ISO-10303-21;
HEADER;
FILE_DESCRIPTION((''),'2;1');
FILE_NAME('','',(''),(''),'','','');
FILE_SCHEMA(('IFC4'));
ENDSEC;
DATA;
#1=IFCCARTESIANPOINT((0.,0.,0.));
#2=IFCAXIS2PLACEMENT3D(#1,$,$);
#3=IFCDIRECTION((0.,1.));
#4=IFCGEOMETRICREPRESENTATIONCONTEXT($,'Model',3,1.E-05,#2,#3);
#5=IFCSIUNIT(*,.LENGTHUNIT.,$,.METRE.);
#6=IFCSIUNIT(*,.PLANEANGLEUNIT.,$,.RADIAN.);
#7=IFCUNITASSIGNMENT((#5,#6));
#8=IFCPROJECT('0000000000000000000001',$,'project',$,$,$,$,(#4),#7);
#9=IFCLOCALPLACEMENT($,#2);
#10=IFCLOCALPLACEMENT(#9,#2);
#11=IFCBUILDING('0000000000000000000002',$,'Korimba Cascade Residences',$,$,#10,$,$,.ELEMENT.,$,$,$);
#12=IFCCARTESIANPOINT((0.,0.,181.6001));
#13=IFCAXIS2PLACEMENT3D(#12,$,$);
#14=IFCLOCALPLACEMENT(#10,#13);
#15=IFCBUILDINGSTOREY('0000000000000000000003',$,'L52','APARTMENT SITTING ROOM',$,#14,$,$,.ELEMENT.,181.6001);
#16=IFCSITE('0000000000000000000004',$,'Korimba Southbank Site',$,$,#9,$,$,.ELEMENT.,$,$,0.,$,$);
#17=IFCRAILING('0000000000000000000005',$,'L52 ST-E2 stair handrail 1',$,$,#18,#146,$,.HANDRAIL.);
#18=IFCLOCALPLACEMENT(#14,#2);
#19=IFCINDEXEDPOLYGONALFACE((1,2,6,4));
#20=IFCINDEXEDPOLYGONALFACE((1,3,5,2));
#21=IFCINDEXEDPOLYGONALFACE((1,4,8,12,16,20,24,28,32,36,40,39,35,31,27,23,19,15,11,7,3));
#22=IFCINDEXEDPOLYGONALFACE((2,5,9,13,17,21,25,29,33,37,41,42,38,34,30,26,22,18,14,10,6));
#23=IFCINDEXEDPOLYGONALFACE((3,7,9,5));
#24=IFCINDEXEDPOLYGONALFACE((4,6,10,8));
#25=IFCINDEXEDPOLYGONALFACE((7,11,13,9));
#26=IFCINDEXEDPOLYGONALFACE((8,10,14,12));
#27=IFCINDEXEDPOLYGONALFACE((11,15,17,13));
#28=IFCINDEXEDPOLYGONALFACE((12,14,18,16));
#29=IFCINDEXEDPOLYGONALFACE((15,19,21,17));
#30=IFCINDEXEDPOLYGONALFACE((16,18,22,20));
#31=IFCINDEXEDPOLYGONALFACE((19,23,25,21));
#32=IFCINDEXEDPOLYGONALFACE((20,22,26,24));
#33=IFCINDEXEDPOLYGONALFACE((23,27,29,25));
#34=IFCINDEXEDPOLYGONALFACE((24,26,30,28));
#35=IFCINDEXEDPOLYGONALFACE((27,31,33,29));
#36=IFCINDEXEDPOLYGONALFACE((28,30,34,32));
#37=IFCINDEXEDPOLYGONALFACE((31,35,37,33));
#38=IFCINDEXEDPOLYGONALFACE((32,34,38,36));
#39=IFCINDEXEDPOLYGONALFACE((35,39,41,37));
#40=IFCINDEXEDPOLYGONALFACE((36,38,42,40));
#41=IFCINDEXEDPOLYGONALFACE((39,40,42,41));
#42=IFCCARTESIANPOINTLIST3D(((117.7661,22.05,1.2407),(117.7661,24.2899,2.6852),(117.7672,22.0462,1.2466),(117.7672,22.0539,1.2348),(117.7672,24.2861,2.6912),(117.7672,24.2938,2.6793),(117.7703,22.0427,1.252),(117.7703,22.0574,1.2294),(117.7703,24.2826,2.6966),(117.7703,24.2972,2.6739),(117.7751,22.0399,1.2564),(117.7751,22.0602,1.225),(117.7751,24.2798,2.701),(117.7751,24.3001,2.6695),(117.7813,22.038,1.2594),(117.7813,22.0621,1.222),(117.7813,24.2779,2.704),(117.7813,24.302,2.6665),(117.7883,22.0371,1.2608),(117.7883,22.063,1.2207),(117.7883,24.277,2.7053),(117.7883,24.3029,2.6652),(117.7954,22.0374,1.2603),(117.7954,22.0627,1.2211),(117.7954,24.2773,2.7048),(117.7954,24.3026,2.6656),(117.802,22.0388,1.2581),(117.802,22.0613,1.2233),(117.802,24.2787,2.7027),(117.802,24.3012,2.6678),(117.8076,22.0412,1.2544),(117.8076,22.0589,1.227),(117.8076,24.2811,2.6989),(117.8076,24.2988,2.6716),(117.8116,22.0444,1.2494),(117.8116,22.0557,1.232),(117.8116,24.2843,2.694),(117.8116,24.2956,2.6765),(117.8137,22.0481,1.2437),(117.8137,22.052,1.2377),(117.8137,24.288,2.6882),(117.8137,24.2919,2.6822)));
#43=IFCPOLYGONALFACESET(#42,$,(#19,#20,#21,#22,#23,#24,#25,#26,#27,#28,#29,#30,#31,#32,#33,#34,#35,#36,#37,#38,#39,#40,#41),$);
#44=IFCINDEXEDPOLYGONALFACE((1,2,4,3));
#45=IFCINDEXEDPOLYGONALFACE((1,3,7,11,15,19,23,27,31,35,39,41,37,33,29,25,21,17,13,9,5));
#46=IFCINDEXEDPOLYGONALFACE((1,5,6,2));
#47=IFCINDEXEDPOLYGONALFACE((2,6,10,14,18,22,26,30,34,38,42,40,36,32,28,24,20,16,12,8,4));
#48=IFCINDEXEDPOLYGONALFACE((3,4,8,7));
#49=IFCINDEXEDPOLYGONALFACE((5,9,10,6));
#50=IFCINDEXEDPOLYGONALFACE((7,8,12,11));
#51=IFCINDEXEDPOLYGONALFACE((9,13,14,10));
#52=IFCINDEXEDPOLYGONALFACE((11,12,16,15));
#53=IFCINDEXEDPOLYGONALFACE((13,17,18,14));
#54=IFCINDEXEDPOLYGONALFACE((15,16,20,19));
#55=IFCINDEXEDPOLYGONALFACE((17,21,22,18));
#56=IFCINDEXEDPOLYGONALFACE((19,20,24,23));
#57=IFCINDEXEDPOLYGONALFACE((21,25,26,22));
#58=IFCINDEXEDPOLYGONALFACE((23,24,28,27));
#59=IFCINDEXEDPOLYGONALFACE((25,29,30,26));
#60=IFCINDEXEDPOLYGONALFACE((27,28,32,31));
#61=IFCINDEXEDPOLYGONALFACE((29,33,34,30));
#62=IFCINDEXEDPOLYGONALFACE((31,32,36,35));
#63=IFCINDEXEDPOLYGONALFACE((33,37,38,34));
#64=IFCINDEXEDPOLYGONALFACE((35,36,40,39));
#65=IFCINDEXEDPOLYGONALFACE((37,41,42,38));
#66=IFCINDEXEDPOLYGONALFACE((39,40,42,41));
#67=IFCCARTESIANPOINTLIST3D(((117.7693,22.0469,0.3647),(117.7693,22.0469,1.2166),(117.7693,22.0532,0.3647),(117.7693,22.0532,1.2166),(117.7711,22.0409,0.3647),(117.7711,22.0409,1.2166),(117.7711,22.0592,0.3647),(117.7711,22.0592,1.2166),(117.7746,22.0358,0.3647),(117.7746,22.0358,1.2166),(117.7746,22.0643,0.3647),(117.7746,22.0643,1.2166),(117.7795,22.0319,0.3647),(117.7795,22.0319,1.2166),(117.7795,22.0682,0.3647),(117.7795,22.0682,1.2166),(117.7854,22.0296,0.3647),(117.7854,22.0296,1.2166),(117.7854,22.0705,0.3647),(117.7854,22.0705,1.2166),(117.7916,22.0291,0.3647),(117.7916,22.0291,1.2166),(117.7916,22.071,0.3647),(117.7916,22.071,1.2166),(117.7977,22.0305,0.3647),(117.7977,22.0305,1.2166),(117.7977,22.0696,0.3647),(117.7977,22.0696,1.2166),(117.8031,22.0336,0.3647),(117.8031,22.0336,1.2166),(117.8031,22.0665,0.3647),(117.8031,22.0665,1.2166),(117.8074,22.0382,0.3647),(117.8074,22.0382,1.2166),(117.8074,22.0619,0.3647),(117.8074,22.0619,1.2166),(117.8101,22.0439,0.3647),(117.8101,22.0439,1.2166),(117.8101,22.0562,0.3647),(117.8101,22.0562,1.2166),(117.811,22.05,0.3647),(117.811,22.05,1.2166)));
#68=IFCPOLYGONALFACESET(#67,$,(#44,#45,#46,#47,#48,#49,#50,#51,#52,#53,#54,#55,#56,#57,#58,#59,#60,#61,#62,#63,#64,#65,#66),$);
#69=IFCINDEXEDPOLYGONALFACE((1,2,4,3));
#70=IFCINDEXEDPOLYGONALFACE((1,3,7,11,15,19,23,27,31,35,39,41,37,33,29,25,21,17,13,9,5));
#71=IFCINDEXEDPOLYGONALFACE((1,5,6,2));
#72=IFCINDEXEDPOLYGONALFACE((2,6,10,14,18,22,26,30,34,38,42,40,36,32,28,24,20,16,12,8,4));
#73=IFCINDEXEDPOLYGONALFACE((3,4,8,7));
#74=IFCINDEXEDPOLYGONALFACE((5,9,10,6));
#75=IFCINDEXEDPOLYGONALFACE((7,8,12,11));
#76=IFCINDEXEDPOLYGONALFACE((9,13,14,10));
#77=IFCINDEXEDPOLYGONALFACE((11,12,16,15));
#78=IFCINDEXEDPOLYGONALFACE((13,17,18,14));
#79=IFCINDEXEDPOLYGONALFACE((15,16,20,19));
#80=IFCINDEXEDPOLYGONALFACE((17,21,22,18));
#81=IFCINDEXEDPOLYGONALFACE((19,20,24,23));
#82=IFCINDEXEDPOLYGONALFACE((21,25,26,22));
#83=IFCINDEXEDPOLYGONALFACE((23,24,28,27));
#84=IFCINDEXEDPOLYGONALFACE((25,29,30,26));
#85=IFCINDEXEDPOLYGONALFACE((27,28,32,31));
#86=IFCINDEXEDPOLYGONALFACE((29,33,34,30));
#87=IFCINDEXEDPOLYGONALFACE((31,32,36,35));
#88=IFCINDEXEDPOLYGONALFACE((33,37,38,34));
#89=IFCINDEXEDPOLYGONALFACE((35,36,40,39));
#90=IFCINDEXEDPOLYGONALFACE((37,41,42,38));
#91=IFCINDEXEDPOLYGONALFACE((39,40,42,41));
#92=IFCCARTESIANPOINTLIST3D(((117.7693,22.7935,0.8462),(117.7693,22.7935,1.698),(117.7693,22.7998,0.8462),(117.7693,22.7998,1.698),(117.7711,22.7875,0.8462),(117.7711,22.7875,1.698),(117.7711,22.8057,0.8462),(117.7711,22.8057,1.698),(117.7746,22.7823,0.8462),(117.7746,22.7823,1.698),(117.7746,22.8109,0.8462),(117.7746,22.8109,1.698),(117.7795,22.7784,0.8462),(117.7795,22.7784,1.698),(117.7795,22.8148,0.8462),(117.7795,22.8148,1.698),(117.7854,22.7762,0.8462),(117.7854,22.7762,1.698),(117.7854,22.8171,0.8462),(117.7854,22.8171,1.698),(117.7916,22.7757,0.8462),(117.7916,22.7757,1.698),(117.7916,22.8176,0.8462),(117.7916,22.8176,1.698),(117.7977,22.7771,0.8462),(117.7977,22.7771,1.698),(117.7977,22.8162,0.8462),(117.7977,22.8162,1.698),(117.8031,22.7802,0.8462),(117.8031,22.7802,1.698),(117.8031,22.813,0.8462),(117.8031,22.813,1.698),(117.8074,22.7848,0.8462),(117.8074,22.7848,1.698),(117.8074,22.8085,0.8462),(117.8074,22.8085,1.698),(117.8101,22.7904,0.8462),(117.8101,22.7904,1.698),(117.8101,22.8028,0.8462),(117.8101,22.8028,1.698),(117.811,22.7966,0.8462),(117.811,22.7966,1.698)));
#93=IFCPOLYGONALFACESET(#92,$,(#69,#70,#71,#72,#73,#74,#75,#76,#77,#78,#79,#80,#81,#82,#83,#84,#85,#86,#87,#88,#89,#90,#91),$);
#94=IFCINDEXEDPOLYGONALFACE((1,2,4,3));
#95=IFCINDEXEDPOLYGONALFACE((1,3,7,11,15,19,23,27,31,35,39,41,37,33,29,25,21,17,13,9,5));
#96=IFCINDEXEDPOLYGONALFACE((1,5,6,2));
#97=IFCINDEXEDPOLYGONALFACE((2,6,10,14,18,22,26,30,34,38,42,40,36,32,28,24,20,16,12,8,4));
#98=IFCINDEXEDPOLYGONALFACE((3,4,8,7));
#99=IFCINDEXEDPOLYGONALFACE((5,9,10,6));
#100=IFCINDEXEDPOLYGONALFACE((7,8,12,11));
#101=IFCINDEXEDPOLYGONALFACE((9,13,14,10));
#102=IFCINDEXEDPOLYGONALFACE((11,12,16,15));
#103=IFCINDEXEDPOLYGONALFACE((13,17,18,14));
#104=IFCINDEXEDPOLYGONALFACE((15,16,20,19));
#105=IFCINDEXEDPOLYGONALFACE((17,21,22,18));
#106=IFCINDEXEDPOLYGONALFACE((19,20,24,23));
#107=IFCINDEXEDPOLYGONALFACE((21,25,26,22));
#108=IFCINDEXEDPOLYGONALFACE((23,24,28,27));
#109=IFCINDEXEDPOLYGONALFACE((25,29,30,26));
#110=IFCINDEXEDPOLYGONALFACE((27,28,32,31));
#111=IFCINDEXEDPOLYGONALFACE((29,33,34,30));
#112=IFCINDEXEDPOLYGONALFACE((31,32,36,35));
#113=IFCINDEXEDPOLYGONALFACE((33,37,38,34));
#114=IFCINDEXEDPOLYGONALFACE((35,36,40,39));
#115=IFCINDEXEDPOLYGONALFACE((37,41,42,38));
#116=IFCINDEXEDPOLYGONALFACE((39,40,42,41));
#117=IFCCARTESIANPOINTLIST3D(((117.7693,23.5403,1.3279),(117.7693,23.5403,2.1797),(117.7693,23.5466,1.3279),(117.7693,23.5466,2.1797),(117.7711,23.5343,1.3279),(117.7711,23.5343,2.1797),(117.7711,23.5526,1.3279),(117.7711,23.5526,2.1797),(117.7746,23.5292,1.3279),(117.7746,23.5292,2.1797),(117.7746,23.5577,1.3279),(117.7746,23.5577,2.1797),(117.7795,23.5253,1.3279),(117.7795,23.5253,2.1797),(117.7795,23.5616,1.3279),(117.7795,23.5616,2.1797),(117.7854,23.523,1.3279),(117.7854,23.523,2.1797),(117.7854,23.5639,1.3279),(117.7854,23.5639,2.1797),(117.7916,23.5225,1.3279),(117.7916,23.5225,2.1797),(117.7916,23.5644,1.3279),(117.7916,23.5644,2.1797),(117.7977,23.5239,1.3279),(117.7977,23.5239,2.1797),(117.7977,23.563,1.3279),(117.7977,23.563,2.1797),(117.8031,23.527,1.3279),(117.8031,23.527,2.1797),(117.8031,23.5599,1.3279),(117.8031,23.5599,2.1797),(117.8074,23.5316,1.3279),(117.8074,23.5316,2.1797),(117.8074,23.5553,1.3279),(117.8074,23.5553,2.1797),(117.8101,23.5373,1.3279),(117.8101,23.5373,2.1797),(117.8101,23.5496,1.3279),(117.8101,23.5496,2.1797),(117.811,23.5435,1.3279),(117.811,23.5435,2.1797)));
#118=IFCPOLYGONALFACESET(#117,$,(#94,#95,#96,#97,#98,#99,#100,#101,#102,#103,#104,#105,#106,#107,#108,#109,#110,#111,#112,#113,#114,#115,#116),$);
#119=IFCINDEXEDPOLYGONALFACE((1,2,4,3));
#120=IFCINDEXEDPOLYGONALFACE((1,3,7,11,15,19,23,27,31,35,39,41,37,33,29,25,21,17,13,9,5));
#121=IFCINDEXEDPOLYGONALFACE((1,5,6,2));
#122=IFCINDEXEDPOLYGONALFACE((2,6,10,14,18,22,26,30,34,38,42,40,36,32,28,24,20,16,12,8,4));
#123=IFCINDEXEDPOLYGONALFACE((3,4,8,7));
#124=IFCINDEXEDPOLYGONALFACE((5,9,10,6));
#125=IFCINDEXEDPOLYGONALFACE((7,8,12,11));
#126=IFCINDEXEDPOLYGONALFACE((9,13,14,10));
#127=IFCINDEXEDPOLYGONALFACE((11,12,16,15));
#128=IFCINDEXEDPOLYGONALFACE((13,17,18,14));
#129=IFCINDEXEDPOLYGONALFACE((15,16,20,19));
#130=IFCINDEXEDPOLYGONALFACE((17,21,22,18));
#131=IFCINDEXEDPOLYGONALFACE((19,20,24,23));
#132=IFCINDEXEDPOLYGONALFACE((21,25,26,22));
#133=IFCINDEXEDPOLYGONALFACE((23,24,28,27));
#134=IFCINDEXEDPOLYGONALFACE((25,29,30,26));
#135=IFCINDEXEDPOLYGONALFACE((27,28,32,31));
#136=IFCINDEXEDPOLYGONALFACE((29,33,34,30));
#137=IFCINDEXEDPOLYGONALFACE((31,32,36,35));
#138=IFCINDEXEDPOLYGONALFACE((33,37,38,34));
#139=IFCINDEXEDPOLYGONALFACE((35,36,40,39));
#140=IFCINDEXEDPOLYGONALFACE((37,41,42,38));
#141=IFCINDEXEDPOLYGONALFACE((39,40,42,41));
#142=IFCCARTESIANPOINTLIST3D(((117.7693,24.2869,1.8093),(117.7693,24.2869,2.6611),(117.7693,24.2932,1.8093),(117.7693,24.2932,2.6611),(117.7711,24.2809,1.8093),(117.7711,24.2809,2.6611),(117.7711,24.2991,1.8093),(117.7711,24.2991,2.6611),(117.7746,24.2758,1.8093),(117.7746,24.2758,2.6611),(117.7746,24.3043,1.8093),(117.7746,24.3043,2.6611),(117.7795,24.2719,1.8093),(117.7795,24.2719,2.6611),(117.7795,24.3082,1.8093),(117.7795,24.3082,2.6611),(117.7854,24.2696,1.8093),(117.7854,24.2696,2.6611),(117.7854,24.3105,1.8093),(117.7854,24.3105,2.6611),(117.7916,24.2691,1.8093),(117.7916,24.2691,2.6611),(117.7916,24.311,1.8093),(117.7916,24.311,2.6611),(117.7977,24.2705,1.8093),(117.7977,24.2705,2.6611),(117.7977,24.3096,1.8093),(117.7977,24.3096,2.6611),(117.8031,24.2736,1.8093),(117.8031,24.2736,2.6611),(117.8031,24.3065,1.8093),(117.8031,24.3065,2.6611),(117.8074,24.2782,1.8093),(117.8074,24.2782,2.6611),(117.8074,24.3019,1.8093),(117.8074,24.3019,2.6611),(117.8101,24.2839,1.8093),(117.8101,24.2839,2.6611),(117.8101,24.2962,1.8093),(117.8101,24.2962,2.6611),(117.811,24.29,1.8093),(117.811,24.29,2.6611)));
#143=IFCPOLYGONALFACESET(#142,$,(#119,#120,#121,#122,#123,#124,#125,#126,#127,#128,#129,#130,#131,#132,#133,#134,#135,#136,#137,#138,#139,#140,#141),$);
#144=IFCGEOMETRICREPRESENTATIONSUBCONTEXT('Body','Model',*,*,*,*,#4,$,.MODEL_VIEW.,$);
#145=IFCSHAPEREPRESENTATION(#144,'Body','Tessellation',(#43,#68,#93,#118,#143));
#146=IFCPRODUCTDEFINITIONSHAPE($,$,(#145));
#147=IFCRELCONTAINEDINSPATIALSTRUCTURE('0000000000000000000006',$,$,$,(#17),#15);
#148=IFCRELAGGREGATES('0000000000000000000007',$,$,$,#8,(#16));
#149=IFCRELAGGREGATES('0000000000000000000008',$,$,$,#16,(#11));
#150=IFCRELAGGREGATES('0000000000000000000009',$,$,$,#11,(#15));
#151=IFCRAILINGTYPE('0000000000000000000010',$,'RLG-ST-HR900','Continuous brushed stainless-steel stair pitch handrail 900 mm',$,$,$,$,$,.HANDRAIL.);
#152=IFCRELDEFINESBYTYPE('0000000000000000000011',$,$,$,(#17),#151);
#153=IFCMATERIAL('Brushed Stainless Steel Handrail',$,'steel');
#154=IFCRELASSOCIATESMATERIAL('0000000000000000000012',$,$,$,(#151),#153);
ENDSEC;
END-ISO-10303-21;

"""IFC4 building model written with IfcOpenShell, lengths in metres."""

from ifc_helpers import new_model, si_unit, direction, frame, origin, origin_2d, place, context, subcontext, project, spatial, circle, extrude, material, type_object, element, save


model = new_model("IFC4")

# Units and contexts
model_context = context("Model", 3, precision=1e-05, world=origin(), true_north=direction((0.0, 1.0)))
body_context = subcontext(model_context, "Body", "Model", "MODEL_VIEW")
ifc_project = project(units=[si_unit("LENGTHUNIT", "METRE"), si_unit("PLANEANGLEUNIT", "RADIAN")], contexts=[model_context])

# Site, building, storey
site_placement = place(None, origin())
site = spatial("IfcSite", under=ifc_project, at=site_placement, Name="Korimba Southbank Site", CompositionType="ELEMENT", RefElevation=0.0)
building_placement = place(site_placement, origin())
building = spatial("IfcBuilding", under=site, at=building_placement, Name="Korimba Cascade Residences", CompositionType="ELEMENT")
storey_placement = place(building_placement, frame((0.0, 0.0, 181.6001)))
storey = spatial("IfcBuildingStorey", under=building, at=storey_placement, Name="L52", Description="APARTMENT SITTING ROOM", CompositionType="ELEMENT", Elevation=181.6001)

# Railing
ifc_material_1 = material(Name="Brushed Stainless Steel Handrail", Category="steel")
railing_type = type_object("IfcRailingType", Name="RLG-ST-HR900", Description="Continuous brushed stainless-steel stair pitch handrail 900 mm", PredefinedType="HANDRAIL", material=ifc_material_1)
railing_placement = place(storey_placement, frame((117.79, 22.05, 0.3647)))
element("IfcRailing", 1, at=railing_placement, inside=storey, type_object=railing_type, Name="L52 ST-E2 stair handrail 1", PredefinedType="HANDRAIL", context=body_context, shape_type="SweptSolid", body=[
    extrude(circle(Radius=0.0239, at=origin_2d()), frame((0.0, 0.0, 0.876), z_axis=(0.0, 0.840395, 0.541975), x_axis=(-1.0, 0.0, 0.0)), (0.0, 0.0, 1.0), 2.6653),
    extrude(circle(Radius=0.021, at=origin_2d()), origin(), (0.0, 0.0, 1.0), 0.8518),
    extrude(circle(Radius=0.021, at=origin_2d()), frame((0.0, 0.7466, 0.4814)), (0.0, 0.0, 1.0), 0.8518),
    extrude(circle(Radius=0.021, at=origin_2d()), frame((0.0, 1.4934, 0.9631)), (0.0, 0.0, 1.0), 0.8518),
    extrude(circle(Radius=0.021, at=origin_2d()), frame((0.0, 2.24, 1.4446)), (0.0, 0.0, 1.0), 0.8518),
])

save(model, "model.ifc")
